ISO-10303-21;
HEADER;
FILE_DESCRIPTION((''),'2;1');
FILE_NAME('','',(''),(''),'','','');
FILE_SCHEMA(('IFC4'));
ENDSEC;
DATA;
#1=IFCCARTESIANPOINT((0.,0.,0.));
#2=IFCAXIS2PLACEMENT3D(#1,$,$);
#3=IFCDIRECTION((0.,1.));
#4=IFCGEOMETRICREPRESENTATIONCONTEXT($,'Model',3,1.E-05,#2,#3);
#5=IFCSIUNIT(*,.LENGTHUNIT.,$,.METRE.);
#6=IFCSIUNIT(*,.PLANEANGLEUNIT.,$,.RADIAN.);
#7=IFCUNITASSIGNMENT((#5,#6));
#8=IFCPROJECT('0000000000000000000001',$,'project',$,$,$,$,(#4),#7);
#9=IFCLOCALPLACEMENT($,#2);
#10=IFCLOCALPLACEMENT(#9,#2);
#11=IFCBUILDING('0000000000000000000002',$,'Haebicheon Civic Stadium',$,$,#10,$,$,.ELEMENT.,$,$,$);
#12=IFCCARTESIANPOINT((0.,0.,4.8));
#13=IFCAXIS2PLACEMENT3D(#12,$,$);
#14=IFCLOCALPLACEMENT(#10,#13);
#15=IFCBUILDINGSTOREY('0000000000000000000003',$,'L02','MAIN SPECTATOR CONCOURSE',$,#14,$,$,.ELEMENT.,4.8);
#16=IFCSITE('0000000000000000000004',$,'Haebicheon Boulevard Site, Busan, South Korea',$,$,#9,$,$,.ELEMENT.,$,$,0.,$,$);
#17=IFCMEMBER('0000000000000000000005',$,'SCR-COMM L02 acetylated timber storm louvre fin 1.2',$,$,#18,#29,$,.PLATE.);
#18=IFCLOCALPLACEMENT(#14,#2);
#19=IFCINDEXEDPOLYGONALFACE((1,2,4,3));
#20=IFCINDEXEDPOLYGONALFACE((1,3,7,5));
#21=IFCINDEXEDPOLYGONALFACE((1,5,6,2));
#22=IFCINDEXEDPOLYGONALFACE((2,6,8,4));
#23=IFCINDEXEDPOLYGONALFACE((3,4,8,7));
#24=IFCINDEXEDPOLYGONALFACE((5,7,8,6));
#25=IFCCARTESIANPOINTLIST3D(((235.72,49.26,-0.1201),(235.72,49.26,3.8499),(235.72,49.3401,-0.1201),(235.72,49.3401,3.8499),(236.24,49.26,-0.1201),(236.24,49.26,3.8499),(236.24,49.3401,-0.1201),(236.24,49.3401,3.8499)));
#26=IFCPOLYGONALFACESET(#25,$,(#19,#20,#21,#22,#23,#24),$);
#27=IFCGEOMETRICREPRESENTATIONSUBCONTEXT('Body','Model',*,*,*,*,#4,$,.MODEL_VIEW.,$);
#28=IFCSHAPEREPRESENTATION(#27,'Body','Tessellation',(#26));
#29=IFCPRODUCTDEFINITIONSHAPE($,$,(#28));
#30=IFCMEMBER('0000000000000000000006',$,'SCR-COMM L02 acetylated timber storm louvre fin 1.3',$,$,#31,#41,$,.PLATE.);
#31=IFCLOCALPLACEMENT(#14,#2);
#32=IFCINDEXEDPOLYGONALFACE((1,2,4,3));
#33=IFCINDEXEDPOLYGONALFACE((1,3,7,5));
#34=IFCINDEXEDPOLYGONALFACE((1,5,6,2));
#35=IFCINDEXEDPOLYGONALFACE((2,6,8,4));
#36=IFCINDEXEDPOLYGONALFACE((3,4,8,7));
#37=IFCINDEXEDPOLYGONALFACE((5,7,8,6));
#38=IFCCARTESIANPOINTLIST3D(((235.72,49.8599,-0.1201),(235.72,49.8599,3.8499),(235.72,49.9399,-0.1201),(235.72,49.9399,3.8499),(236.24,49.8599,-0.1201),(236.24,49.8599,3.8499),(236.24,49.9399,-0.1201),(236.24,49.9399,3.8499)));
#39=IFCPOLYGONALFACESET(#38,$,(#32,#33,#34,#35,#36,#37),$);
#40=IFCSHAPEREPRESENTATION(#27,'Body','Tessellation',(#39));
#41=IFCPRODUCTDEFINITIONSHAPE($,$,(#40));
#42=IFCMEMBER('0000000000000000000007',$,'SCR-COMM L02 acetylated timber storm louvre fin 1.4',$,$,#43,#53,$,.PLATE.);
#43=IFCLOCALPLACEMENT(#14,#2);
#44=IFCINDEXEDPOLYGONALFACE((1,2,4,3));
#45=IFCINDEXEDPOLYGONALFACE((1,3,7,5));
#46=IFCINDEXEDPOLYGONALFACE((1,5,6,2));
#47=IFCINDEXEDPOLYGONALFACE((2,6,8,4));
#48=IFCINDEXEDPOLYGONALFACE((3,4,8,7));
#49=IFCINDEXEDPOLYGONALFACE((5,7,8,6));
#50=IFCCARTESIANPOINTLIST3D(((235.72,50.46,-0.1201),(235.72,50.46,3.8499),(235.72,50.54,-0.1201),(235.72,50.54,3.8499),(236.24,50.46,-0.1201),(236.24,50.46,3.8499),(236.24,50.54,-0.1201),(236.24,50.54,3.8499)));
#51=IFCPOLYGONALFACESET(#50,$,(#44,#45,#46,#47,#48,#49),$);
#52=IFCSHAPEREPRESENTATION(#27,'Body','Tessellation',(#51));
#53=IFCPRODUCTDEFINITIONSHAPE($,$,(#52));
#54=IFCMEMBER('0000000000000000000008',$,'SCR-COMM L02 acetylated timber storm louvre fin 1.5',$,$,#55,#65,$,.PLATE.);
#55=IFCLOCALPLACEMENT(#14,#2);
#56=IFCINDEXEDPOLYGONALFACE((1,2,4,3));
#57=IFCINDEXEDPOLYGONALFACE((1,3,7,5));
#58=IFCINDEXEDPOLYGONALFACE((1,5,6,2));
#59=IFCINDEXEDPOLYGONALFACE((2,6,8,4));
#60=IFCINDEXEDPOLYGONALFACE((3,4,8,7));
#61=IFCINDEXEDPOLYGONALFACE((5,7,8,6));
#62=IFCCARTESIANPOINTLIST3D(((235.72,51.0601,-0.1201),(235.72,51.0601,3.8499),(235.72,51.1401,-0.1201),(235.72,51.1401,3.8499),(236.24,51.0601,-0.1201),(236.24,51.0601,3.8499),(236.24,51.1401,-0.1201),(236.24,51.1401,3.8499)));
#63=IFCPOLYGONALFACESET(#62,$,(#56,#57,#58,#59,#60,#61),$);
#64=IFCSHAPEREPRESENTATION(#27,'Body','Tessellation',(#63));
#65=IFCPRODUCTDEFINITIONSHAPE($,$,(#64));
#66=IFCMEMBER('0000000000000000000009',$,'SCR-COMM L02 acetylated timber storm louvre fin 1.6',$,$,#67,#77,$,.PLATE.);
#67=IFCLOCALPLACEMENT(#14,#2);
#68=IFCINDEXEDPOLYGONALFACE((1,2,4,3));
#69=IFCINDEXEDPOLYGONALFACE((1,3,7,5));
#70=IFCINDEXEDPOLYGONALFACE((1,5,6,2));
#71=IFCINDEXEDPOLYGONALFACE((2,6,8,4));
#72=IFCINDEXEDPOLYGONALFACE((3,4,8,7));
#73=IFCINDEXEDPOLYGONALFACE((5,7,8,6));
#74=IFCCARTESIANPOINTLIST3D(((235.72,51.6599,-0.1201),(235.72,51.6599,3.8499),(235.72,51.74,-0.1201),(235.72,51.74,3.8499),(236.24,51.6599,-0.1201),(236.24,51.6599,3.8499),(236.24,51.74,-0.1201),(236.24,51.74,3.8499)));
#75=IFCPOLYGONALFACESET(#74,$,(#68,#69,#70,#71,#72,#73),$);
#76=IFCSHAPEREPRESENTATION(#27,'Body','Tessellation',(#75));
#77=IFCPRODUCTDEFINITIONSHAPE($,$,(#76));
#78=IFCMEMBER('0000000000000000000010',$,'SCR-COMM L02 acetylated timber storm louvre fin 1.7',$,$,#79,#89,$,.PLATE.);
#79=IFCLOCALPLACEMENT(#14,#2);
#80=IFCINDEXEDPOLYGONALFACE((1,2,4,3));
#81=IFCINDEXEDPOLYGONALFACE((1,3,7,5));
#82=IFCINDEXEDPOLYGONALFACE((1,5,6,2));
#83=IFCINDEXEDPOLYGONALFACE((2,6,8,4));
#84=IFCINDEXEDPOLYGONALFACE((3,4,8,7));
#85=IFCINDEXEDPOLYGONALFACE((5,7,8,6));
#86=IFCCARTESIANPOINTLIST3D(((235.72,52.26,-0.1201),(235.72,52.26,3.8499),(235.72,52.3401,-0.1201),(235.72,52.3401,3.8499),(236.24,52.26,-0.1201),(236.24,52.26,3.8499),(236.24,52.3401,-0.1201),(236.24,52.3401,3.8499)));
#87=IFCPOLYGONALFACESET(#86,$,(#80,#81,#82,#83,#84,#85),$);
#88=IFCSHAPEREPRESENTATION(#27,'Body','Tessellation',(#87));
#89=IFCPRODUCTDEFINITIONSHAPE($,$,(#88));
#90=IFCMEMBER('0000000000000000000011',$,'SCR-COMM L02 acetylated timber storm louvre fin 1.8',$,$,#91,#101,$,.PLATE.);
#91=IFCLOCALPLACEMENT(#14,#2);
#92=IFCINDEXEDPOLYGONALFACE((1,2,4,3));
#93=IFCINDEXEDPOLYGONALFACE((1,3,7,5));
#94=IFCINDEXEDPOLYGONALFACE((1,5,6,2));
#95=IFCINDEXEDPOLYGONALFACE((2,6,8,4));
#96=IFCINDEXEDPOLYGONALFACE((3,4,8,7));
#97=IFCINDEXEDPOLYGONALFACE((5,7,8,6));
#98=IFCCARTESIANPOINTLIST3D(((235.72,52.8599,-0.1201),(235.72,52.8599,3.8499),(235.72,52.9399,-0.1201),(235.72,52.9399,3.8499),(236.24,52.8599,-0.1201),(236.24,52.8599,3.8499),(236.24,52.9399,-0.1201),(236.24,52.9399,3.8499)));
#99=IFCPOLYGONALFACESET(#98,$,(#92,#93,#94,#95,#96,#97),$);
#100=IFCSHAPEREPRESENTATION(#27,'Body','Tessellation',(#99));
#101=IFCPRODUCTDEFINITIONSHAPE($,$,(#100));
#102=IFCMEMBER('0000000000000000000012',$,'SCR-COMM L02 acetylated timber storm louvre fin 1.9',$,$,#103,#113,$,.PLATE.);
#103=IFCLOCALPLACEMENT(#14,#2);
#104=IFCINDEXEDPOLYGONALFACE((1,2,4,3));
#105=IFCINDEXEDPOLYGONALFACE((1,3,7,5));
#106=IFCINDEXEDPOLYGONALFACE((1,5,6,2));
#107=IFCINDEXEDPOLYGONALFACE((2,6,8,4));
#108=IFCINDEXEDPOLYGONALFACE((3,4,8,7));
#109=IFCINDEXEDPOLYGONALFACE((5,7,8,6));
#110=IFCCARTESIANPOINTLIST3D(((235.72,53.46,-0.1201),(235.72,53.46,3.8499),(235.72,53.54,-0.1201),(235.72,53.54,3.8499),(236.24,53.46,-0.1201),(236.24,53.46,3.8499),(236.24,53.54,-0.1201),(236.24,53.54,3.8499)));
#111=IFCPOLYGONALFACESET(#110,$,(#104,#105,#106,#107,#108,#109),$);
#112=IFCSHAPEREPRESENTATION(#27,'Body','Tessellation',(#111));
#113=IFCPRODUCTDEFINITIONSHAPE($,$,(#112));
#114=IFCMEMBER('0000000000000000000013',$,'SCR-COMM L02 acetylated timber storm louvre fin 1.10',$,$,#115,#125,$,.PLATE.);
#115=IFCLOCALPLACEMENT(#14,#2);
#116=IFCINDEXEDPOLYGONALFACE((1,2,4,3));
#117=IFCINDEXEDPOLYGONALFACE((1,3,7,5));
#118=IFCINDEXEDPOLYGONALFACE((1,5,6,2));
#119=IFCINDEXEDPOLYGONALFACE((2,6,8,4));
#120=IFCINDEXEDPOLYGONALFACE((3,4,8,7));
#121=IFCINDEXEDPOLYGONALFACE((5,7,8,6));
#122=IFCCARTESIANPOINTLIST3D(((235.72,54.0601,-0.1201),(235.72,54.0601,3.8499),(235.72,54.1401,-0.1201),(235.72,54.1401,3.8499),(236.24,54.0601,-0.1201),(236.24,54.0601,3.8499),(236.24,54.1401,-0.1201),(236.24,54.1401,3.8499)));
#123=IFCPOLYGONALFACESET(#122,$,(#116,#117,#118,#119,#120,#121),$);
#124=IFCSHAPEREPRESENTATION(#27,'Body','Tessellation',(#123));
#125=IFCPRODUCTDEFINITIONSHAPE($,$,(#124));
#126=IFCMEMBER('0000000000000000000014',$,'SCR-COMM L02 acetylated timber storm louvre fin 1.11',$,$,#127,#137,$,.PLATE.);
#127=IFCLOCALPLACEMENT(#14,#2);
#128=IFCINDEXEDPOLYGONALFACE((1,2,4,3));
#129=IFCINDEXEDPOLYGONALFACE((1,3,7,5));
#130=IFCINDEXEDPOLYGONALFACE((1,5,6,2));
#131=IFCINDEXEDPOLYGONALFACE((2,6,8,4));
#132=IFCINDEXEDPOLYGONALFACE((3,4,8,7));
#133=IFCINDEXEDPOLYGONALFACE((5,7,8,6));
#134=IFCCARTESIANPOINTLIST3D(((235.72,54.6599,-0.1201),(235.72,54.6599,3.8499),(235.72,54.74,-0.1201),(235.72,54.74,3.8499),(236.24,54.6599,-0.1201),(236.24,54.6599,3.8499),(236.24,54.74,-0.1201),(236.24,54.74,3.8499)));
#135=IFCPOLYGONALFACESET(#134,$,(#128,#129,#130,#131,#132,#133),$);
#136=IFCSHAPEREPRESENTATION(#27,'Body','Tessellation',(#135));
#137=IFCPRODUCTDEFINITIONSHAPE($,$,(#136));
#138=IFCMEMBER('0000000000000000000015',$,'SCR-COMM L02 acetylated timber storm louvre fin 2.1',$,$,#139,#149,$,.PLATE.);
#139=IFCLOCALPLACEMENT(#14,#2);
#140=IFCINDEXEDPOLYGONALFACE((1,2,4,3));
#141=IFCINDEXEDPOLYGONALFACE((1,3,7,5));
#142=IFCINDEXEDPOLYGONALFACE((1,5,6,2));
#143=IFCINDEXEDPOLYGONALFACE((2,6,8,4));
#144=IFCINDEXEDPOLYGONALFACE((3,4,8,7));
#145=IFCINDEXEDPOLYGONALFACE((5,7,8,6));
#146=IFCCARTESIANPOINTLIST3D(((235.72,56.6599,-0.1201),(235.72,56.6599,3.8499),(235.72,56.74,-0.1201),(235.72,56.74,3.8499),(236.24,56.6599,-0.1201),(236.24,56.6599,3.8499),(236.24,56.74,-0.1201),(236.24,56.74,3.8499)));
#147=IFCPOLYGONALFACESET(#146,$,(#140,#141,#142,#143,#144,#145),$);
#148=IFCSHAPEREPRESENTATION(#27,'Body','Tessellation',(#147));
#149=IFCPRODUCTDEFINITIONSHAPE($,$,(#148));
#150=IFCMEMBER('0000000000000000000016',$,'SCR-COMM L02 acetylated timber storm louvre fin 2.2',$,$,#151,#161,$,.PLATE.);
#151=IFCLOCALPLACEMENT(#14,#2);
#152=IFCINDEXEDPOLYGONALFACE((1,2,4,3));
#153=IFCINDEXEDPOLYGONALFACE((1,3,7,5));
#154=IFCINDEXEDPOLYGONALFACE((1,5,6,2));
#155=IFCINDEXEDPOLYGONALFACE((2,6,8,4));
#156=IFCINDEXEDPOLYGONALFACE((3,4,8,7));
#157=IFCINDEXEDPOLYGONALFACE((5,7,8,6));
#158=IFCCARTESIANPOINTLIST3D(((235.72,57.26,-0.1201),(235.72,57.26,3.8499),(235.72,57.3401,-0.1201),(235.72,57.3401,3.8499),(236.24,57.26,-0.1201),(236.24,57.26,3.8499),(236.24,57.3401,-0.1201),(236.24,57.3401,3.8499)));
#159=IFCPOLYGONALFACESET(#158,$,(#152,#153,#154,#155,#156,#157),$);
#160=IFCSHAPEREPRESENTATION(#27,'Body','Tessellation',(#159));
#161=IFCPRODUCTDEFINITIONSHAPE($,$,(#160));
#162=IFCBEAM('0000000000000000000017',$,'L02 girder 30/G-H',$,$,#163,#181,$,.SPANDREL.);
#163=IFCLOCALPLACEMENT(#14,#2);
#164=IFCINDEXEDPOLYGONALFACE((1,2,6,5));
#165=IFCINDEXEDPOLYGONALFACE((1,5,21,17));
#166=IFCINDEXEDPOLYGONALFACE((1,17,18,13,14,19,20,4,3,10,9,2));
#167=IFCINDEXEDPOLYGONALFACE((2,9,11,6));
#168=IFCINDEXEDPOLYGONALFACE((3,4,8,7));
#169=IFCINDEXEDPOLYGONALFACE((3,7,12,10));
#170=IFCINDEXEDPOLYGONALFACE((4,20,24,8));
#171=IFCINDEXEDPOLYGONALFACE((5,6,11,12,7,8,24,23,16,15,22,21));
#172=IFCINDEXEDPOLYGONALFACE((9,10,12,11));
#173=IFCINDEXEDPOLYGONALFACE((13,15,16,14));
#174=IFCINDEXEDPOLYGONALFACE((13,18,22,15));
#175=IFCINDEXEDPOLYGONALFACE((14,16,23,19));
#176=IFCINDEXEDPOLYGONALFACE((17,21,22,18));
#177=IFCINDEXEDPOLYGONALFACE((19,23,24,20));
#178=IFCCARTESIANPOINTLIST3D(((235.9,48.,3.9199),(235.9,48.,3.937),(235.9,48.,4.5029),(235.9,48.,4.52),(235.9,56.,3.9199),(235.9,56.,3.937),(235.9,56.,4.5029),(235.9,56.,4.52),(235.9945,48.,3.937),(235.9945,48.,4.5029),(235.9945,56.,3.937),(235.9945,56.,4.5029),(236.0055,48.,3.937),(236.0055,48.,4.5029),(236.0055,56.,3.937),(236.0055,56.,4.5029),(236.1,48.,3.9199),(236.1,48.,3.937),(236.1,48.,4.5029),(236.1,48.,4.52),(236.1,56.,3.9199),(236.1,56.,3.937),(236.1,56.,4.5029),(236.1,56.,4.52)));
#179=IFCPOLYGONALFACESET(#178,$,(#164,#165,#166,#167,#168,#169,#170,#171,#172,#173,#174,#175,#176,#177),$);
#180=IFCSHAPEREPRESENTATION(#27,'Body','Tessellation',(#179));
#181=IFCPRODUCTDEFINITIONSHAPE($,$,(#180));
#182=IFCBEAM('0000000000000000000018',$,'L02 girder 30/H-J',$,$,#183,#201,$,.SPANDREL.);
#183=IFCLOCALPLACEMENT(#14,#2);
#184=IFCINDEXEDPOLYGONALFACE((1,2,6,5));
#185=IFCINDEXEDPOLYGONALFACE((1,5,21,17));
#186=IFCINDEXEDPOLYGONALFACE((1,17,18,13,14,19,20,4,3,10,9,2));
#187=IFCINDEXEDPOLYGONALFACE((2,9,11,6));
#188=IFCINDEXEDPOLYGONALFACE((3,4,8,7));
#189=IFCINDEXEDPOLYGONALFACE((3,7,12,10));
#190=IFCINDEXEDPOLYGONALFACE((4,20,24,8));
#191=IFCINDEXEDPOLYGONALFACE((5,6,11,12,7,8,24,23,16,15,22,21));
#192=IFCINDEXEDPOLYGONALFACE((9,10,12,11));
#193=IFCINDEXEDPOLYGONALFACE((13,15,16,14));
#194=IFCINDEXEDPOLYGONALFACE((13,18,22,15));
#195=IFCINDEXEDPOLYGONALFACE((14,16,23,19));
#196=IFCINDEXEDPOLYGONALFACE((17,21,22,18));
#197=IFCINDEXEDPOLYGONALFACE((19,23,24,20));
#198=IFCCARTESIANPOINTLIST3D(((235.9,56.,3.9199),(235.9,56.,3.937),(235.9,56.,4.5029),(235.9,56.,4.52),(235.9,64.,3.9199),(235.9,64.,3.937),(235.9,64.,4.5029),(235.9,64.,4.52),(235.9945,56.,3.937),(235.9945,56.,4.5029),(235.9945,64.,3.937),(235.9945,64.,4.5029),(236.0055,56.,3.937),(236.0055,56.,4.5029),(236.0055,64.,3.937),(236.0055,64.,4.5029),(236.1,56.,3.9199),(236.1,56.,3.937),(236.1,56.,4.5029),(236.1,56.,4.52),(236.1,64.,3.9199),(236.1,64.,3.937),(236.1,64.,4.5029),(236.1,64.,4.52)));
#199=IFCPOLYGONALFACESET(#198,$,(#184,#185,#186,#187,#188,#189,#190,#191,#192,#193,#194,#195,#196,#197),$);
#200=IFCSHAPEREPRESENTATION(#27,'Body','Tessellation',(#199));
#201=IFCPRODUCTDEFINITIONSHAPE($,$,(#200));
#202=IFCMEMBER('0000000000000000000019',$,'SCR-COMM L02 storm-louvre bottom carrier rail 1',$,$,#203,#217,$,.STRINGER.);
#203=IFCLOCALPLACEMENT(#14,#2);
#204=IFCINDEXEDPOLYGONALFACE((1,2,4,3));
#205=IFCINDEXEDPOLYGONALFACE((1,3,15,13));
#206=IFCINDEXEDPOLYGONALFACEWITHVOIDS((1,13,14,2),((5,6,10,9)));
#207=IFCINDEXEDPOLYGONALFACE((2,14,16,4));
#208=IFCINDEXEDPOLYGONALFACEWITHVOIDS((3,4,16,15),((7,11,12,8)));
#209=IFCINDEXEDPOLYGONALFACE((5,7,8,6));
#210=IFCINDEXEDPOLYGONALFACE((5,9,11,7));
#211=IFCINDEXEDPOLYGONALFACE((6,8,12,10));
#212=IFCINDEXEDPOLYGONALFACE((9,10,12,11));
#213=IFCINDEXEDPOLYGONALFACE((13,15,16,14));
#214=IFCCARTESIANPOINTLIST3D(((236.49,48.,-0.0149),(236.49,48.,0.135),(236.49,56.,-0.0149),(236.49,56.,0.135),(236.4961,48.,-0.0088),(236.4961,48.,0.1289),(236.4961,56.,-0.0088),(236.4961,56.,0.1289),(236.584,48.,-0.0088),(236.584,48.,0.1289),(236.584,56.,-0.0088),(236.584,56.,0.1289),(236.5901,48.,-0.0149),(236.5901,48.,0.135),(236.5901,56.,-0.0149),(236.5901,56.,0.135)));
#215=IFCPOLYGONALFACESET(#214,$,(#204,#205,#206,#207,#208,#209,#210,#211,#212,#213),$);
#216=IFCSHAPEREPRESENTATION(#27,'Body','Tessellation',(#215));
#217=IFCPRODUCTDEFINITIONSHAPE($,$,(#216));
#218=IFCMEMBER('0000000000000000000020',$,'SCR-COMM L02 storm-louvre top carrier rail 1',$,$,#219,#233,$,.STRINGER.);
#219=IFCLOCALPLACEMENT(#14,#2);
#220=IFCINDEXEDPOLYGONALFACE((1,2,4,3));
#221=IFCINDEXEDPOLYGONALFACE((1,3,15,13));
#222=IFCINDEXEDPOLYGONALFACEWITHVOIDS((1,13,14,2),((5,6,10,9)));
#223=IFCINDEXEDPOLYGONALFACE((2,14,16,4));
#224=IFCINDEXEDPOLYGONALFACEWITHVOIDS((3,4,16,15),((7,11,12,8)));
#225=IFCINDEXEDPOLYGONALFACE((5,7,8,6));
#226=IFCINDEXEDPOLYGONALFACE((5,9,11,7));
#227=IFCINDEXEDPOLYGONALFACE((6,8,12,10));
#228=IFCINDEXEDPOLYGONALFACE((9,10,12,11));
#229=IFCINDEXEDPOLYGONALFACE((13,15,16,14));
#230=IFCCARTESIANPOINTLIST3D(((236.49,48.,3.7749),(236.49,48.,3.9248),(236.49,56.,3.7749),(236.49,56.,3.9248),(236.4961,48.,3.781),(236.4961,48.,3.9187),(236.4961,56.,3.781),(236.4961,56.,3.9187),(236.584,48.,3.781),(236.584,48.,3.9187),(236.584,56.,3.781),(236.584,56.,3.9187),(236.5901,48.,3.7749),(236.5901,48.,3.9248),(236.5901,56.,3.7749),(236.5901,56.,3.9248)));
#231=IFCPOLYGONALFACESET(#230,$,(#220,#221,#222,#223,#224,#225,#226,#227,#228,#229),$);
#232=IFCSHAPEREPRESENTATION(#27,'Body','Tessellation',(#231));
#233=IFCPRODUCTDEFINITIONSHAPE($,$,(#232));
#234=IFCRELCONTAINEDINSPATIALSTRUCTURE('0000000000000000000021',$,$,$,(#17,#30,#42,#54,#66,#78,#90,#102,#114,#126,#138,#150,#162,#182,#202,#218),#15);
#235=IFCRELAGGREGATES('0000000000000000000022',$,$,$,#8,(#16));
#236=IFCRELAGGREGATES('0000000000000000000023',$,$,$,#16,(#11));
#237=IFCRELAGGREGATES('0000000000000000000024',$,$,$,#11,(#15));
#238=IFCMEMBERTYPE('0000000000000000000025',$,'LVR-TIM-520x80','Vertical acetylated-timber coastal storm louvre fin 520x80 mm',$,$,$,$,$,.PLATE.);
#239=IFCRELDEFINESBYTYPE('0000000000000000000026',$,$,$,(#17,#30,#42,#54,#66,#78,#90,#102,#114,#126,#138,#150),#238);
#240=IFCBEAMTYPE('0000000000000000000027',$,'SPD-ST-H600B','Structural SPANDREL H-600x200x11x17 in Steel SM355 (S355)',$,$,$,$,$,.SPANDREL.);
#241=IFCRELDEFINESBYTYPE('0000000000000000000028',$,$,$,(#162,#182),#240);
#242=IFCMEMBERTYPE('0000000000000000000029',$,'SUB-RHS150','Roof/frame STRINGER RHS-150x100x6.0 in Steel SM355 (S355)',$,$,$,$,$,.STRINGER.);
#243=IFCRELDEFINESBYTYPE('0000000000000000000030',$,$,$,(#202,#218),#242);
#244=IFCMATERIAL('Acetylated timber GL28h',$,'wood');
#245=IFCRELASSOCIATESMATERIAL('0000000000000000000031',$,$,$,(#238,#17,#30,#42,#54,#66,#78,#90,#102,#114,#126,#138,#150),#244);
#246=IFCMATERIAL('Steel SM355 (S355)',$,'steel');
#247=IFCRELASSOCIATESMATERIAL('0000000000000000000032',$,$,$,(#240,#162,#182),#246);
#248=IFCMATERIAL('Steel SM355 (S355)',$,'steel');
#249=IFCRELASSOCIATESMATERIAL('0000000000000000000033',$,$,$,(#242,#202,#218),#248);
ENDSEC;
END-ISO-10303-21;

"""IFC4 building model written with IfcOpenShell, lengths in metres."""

from ifc_helpers import new_model, si_unit, direction, frame, origin, origin_2d, place, context, subcontext, project, spatial, rectangle, hollow_rectangle, i_section, extrude, material, material_profile, profile_set, type_object, element, save


model = new_model("IFC4")

# Units and contexts
model_context = context("Model", 3, precision=1e-05, world=origin(), true_north=direction((0.0, 1.0)))
body_context = subcontext(model_context, "Body", "Model", "MODEL_VIEW")
ifc_project = project(units=[si_unit("LENGTHUNIT", "METRE"), si_unit("PLANEANGLEUNIT", "RADIAN")], contexts=[model_context])

# Site, building, storey
site_placement = place(None, origin())
site = spatial("IfcSite", under=ifc_project, at=site_placement, Name="Haebicheon Boulevard Site, Busan, South Korea", CompositionType="ELEMENT", RefElevation=0.0)
building_placement = place(site_placement, origin())
building = spatial("IfcBuilding", under=site, at=building_placement, Name="Haebicheon Civic Stadium", CompositionType="ELEMENT")
storey_placement = place(building_placement, frame((0.0, 0.0, 4.8)))
storey = spatial("IfcBuildingStorey", under=building, at=storey_placement, Name="L02", Description="MAIN SPECTATOR CONCOURSE", CompositionType="ELEMENT", Elevation=4.8)

# Members
ifc_material_1 = material(Name="Acetylated timber GL28h", Category="wood")
ifc_material_profile_1 = material_profile(ifc_material_1, rectangle(XDim=0.0801, YDim=0.52, at=origin_2d()), Name="TMB-LOUV-80x520")
ifc_profile_set_1 = profile_set([ifc_material_profile_1], Name="Acetylated timber GL28h")
member_type_1 = type_object("IfcMemberType", Name="LVR-TIM-520x80", Description="Vertical acetylated-timber coastal storm louvre fin 520x80 mm", PredefinedType="PLATE", material=ifc_profile_set_1)
for number, where, z_axis, x_axis, name in (
    (1, (235.98, 49.3, -0.1201), (0.0, 0.0, 1.0), (0.0, 1.0, 0.0), "SCR-COMM L02 acetylated timber storm louvre fin 1.2"),
    (2, (235.98, 49.8999, -0.1201), (0.0, 0.0, 1.0), (0.0, 1.0, 0.0), "SCR-COMM L02 acetylated timber storm louvre fin 1.3"),
    (3, (235.98, 50.5, -0.1201), (0.0, 0.0, 1.0), (0.0, 1.0, 0.0), "SCR-COMM L02 acetylated timber storm louvre fin 1.4"),
    (4, (235.98, 51.1001, -0.1201), (0.0, 0.0, 1.0), (0.0, 1.0, 0.0), "SCR-COMM L02 acetylated timber storm louvre fin 1.5"),
    (5, (235.98, 51.7, -0.1201), (0.0, 0.0, 1.0), (0.0, 1.0, 0.0), "SCR-COMM L02 acetylated timber storm louvre fin 1.6"),
    (6, (235.98, 52.3, -0.1201), (0.0, 0.0, 1.0), (0.0, 1.0, 0.0), "SCR-COMM L02 acetylated timber storm louvre fin 1.7"),
    (7, (235.98, 52.8999, -0.1201), (0.0, 0.0, 1.0), (0.0, 1.0, 0.0), "SCR-COMM L02 acetylated timber storm louvre fin 1.8"),
    (8, (235.98, 53.5, -0.1201), (0.0, 0.0, 1.0), (0.0, 1.0, 0.0), "SCR-COMM L02 acetylated timber storm louvre fin 1.9"),
    (9, (235.98, 54.1001, -0.1201), (0.0, 0.0, 1.0), (0.0, 1.0, 0.0), "SCR-COMM L02 acetylated timber storm louvre fin 1.10"),
    (10, (235.98, 54.7, -0.1201), (0.0, 0.0, 1.0), (0.0, 1.0, 0.0), "SCR-COMM L02 acetylated timber storm louvre fin 1.11"),
    (11, (235.98, 56.7, -0.1201), (0.0, 0.0, 1.0), (0.0, 1.0, 0.0), "SCR-COMM L02 acetylated timber storm louvre fin 2.1"),
    (12, (235.98, 57.3, -0.1201), (0.0, 0.0, 1.0), (0.0, 1.0, 0.0), "SCR-COMM L02 acetylated timber storm louvre fin 2.2"),
):
    element("IfcMember", number, at=place(storey_placement, frame(where, z_axis=z_axis, x_axis=x_axis)), inside=storey, type_object=member_type_1, material=ifc_profile_set_1, Name=name, PredefinedType="PLATE", context=body_context, shape_type="SweptSolid", body=[
        extrude(rectangle(XDim=0.0801, YDim=0.52, at=origin_2d()), origin(), (0.0, 0.0, 1.0), 3.97),
    ])

# Beams
ifc_material_2 = material(Name="Steel SM355 (S355)", Category="steel")
ifc_material_profile_2 = material_profile(ifc_material_2, i_section(OverallWidth=0.2, OverallDepth=0.6001, WebThickness=0.011, FlangeThickness=0.0171, at=origin_2d()), Name="H-600x200x11x17")
ifc_profile_set_2 = profile_set([ifc_material_profile_2], Name="Steel SM355 (S355)")
beam_type_1 = type_object("IfcBeamType", Name="SPD-ST-H600B", Description="Structural SPANDREL H-600x200x11x17 in Steel SM355 (S355)", PredefinedType="SPANDREL", material=ifc_profile_set_2)
for number, where, z_axis, x_axis, name in (
    (13, (236.0, 48.0, 4.22), (0.0, 1.0, 0.0), (-1.0, 0.0, 0.0), "L02 girder 30/G-H"),
    (14, (236.0, 56.0, 4.22), (0.0, 1.0, 0.0), (-1.0, 0.0, 0.0), "L02 girder 30/H-J"),
):
    element("IfcBeam", number, at=place(storey_placement, frame(where, z_axis=z_axis, x_axis=x_axis)), inside=storey, type_object=beam_type_1, material=ifc_profile_set_2, Name=name, PredefinedType="SPANDREL", context=body_context, shape_type="SweptSolid", body=[
        extrude(i_section(OverallWidth=0.2, OverallDepth=0.6001, WebThickness=0.011, FlangeThickness=0.0171, at=origin_2d()), origin(), (0.0, 0.0, 1.0), 8.0),
    ])

# Members
ifc_material_3 = material(Name="Steel SM355 (S355)", Category="steel")
ifc_material_profile_3 = material_profile(ifc_material_3, hollow_rectangle(XDim=0.1001, YDim=0.1499, WallThickness=0.0061, at=origin_2d()), Name="RHS-150x100x6.0")
ifc_profile_set_3 = profile_set([ifc_material_profile_3], Name="Steel SM355 (S355)")
member_type_2 = type_object("IfcMemberType", Name="SUB-RHS150", Description="Roof/frame STRINGER RHS-150x100x6.0 in Steel SM355 (S355)", PredefinedType="STRINGER", material=ifc_profile_set_3)
for number, where, z_axis, x_axis, name in (
    (15, (236.54, 48.0, 0.0601), (0.0, 1.0, 0.0), (-1.0, 0.0, 0.0), "SCR-COMM L02 storm-louvre bottom carrier rail 1"),
    (16, (236.54, 48.0, 3.8499), (0.0, 1.0, 0.0), (-1.0, 0.0, 0.0), "SCR-COMM L02 storm-louvre top carrier rail 1"),
):
    element("IfcMember", number, at=place(storey_placement, frame(where, z_axis=z_axis, x_axis=x_axis)), inside=storey, type_object=member_type_2, material=ifc_profile_set_3, Name=name, PredefinedType="STRINGER", context=body_context, shape_type="SweptSolid", body=[
        extrude(hollow_rectangle(XDim=0.1001, YDim=0.1499, WallThickness=0.0061, at=origin_2d()), origin(), (0.0, 0.0, 1.0), 8.0),
    ])

save(model, "model.ifc")
